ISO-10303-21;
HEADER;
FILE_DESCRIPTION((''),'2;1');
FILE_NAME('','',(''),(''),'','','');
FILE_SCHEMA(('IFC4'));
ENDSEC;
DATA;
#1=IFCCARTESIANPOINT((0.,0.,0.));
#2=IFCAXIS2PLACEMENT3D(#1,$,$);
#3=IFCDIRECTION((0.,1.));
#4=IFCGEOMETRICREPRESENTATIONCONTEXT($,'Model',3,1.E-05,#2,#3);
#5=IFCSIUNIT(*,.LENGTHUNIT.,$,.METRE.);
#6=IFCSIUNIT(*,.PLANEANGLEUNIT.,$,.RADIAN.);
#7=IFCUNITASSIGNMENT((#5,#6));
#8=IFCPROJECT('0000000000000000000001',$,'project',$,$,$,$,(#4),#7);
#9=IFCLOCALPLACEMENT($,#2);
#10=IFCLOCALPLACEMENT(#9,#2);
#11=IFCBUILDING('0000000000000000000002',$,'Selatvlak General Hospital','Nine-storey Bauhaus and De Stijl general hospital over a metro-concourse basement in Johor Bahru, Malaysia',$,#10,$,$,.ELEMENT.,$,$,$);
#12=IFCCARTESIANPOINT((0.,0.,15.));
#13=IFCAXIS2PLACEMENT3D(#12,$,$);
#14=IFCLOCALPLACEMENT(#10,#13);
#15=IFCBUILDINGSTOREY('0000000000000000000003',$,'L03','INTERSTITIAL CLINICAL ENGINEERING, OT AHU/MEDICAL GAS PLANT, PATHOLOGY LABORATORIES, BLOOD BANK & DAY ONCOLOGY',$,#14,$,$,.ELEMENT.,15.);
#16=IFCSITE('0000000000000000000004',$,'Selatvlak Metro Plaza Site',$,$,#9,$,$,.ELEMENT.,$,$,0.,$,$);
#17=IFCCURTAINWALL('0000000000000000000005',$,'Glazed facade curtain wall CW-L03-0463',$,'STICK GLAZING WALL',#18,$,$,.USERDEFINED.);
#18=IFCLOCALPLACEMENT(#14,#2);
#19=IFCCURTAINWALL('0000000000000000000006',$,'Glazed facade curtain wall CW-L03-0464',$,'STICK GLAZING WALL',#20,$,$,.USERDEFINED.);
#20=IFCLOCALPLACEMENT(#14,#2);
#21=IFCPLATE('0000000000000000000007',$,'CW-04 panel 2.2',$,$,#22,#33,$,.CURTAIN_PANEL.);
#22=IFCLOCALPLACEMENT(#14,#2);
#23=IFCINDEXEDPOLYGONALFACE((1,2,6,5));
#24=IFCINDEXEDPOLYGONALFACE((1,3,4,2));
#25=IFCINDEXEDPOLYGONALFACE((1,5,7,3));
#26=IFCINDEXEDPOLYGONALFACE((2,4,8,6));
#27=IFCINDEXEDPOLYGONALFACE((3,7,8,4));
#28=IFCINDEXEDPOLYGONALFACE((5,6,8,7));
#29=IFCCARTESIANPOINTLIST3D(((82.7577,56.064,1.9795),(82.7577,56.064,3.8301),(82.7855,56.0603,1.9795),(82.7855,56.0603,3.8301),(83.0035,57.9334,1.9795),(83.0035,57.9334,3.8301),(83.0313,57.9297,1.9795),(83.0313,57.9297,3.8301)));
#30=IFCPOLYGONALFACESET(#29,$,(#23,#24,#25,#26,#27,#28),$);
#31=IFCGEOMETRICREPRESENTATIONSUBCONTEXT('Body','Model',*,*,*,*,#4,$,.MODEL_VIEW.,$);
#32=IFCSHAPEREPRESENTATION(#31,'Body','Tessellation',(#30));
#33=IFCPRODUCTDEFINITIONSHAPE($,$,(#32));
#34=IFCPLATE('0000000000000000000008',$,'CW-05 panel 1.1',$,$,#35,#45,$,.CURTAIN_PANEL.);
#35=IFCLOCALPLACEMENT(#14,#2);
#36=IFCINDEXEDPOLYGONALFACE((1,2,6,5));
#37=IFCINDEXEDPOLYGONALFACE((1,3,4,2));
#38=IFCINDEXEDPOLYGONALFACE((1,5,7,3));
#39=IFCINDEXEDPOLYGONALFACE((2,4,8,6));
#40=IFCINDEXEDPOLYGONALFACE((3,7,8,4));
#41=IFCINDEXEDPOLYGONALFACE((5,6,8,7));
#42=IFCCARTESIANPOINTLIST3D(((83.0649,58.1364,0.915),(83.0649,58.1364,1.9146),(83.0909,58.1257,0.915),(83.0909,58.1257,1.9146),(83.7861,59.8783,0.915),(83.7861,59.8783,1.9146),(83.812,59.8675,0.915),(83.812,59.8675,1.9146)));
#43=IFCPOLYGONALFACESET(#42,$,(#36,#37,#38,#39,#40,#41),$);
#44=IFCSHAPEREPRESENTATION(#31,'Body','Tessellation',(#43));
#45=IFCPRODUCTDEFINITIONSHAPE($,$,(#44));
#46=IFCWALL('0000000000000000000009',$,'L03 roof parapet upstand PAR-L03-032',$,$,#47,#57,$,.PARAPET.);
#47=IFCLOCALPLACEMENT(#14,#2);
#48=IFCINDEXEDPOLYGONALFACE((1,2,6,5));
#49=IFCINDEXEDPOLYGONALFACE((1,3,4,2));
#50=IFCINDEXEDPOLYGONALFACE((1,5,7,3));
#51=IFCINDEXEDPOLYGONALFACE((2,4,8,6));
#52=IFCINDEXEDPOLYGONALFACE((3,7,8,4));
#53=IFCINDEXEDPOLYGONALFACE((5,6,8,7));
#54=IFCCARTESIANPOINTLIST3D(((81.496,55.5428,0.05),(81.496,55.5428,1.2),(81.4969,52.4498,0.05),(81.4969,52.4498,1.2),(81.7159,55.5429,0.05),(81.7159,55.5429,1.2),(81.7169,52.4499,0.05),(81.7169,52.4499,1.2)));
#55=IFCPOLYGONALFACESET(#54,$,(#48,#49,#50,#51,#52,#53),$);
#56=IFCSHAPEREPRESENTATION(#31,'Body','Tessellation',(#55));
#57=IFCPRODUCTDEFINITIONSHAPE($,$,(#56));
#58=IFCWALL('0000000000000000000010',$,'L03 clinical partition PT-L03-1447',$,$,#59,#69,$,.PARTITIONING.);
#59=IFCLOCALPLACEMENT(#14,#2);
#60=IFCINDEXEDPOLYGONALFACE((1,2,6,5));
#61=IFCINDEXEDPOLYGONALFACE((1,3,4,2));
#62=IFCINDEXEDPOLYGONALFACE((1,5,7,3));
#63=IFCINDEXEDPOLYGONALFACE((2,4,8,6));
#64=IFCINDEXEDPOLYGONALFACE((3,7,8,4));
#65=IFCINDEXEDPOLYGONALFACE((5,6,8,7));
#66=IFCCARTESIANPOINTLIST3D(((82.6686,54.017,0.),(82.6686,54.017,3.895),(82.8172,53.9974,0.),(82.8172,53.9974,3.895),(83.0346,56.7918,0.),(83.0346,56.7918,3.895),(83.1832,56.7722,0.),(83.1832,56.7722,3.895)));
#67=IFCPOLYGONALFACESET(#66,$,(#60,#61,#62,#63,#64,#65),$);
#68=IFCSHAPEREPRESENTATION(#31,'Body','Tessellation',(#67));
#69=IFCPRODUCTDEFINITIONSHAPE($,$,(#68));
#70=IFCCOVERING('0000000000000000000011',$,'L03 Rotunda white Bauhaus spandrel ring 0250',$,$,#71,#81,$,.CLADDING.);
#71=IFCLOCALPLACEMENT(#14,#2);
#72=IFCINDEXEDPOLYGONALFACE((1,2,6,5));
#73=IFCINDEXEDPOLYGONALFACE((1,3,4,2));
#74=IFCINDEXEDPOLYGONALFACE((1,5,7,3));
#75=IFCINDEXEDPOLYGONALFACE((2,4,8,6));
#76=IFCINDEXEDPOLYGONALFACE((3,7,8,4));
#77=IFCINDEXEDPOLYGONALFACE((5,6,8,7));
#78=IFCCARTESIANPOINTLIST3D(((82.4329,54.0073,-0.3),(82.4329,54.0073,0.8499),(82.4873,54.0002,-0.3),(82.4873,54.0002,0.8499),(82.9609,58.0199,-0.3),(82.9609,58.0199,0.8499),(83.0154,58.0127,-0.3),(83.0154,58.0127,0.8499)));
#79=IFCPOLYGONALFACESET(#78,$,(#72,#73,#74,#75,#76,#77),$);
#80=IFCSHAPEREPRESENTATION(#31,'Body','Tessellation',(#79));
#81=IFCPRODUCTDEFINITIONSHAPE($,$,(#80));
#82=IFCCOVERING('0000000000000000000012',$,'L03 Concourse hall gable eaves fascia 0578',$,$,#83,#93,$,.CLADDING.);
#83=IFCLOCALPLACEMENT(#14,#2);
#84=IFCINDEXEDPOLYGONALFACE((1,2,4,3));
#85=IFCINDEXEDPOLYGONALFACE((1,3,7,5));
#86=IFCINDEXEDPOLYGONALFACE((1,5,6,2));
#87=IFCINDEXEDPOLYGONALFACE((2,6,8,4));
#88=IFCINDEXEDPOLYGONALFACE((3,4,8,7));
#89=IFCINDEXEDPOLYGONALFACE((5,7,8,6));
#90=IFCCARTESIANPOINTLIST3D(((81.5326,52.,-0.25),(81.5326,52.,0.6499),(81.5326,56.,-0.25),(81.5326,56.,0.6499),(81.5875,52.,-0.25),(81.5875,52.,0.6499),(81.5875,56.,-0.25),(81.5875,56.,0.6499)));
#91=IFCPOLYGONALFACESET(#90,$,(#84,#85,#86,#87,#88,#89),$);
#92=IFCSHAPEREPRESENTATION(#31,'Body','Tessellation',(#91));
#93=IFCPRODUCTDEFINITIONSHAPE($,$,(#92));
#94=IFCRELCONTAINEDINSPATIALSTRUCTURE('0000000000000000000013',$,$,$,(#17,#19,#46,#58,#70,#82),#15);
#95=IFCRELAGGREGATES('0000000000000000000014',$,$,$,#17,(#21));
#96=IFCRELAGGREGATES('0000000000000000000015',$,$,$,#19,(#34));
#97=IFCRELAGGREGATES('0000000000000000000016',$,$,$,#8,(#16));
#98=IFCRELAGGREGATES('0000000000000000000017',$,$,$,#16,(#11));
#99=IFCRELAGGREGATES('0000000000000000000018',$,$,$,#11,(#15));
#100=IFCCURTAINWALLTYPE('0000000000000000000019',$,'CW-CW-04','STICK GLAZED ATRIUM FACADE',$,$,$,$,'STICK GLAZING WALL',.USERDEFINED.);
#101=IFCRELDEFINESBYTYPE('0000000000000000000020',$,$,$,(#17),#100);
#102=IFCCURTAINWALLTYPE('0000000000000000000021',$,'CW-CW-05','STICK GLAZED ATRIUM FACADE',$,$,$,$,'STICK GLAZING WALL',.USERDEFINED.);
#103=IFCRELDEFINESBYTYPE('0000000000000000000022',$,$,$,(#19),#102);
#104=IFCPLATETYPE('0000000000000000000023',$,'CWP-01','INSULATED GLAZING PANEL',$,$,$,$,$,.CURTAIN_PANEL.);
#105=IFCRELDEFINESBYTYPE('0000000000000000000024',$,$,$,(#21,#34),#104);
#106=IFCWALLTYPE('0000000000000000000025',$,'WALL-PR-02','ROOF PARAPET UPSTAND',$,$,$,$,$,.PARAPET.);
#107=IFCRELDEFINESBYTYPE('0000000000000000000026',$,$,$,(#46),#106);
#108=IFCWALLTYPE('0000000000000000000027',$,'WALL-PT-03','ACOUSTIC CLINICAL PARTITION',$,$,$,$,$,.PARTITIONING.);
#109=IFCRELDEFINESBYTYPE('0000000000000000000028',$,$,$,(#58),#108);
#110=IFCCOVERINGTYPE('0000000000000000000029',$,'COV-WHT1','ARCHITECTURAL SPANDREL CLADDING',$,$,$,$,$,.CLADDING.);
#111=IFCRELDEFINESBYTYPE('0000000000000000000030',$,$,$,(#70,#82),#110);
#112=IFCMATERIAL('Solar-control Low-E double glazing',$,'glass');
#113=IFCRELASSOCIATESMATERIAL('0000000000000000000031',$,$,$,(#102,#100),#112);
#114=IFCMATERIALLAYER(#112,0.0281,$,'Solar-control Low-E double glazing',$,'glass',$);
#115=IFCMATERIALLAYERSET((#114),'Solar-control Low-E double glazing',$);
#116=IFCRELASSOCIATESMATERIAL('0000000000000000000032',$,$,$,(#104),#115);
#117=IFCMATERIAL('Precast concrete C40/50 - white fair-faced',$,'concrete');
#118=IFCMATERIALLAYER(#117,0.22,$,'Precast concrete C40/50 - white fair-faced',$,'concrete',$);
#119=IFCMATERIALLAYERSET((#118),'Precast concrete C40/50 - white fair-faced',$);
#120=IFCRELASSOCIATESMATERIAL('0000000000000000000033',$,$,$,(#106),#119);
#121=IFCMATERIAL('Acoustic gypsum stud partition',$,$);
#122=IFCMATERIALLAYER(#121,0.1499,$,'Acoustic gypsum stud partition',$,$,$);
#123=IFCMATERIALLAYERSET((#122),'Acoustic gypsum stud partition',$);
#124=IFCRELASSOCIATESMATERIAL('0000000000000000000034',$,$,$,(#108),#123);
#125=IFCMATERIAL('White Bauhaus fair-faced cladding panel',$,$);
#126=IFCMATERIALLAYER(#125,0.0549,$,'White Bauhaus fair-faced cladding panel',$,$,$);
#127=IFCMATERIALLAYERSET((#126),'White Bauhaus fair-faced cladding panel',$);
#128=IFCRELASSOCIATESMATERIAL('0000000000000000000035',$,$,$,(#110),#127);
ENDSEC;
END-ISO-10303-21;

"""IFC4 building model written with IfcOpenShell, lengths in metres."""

from ifc_helpers import new_model, si_unit, direction, frame, frame_2d, origin, origin_2d, place, context, subcontext, project, spatial, rectangle, extrude, material, layer, layer_set, type_object, element, aggregate, save


model = new_model("IFC4")

# Units and contexts
model_context = context("Model", 3, precision=1e-05, world=origin(), true_north=direction((0.0, 1.0)))
body_context = subcontext(model_context, "Body", "Model", "MODEL_VIEW")
ifc_project = project(units=[si_unit("LENGTHUNIT", "METRE"), si_unit("PLANEANGLEUNIT", "RADIAN")], contexts=[model_context])

# Site, building, storey
site_placement = place(None, origin())
site = spatial("IfcSite", under=ifc_project, at=site_placement, Name="Selatvlak Metro Plaza Site", CompositionType="ELEMENT", RefElevation=0.0)
building_placement = place(site_placement, origin())
building = spatial("IfcBuilding", under=site, at=building_placement, Name="Selatvlak General Hospital", Description="Nine-storey Bauhaus and De Stijl general hospital over a metro-concourse basement in Johor Bahru, Malaysia", CompositionType="ELEMENT")
storey_placement = place(building_placement, frame((0.0, 0.0, 15.0)))
storey = spatial("IfcBuildingStorey", under=building, at=storey_placement, Name="L03", Description="INTERSTITIAL CLINICAL ENGINEERING, OT AHU/MEDICAL GAS PLANT, PATHOLOGY LABORATORIES, BLOOD BANK & DAY ONCOLOGY", CompositionType="ELEMENT", Elevation=15.0)

# Shared definitions
ifc_material_1 = material(Name="Solar-control Low-E double glazing", Category="glass")
curtain_wall_type_1 = type_object("IfcCurtainWallType", Name="CW-CW-05", Description="STICK GLAZED ATRIUM FACADE", ElementType="STICK GLAZING WALL", PredefinedType="USERDEFINED", material=ifc_material_1)

# Curtain wall
curtain_wall_type_2 = type_object("IfcCurtainWallType", Name="CW-CW-04", Description="STICK GLAZED ATRIUM FACADE", ElementType="STICK GLAZING WALL", PredefinedType="USERDEFINED", material=ifc_material_1)
curtain_wall_1_placement = place(storey_placement, origin())
curtain_wall_1 = element("IfcCurtainWall", 1, at=curtain_wall_1_placement, inside=storey, type_object=curtain_wall_type_2, Name="Glazed facade curtain wall CW-L03-0463", ObjectType="STICK GLAZING WALL", PredefinedType="USERDEFINED")

# Curtain wall
curtain_wall_2_placement = place(storey_placement, origin())
curtain_wall_2 = element("IfcCurtainWall", 2, at=curtain_wall_2_placement, inside=storey, type_object=curtain_wall_type_1, Name="Glazed facade curtain wall CW-L03-0464", ObjectType="STICK GLAZING WALL", PredefinedType="USERDEFINED")

# Plates
ifc_layer_1 = layer(ifc_material_1, 0.0281, Name="Solar-control Low-E double glazing", Category="glass")
ifc_layer_set_1 = layer_set([ifc_layer_1], Name="Solar-control Low-E double glazing")
plate_type = type_object("IfcPlateType", Name="CWP-01", Description="INSULATED GLAZING PANEL", PredefinedType="CURTAIN_PANEL", material=ifc_layer_set_1)
plate_1_placement = place(storey_placement, frame((82.8945, 56.9968, 1.9795), z_axis=(0.0, 0.0, 1.0), x_axis=(0.130363, 0.991466, 0.0)))
plate_1 = element("IfcPlate", 3, at=plate_1_placement, type_object=plate_type, Name="CW-04 panel 2.2", PredefinedType="CURTAIN_PANEL", context=body_context, shape_type="SweptSolid", body=[
    extrude(rectangle(XDim=1.8855, YDim=0.0281, at=origin_2d()), origin(), (0.0, 0.0, 1.0), 1.8506),
])
aggregate(curtain_wall_1, [plate_1])
plate_2_placement = place(storey_placement, frame((83.4385, 59.002, 0.915), z_axis=(0.0, 0.0, 1.0), x_axis=(0.382537, 0.92394, 0.0)))
plate_2 = element("IfcPlate", 4, at=plate_2_placement, type_object=plate_type, Name="CW-05 panel 1.1", PredefinedType="CURTAIN_PANEL", context=body_context, shape_type="SweptSolid", body=[
    extrude(rectangle(XDim=1.8853, YDim=0.0281, at=origin_2d()), origin(), (0.0, 0.0, 1.0), 0.9995),
])
aggregate(curtain_wall_2, [plate_2])

# Walls
ifc_material_2 = material(Name="Precast concrete C40/50 - white fair-faced", Category="concrete")
ifc_layer_2 = layer(ifc_material_2, 0.22, Name="Precast concrete C40/50 - white fair-faced", Category="concrete")
ifc_layer_set_2 = layer_set([ifc_layer_2], Name="Precast concrete C40/50 - white fair-faced")
wall_type_1 = type_object("IfcWallType", Name="WALL-PR-02", Description="ROOF PARAPET UPSTAND", PredefinedType="PARAPET", material=ifc_layer_set_2)
wall_1_placement = place(storey_placement, frame((81.6069, 52.45, 0.05), z_axis=(0.0, 0.0, 1.0), x_axis=(-0.000316, 1.0, 0.0)))
element("IfcWall", 5, at=wall_1_placement, inside=storey, type_object=wall_type_1, Name="L03 roof parapet upstand PAR-L03-032", PredefinedType="PARAPET", context=body_context, shape_type="SweptSolid", body=[
    extrude(rectangle(XDim=3.093, YDim=0.22, at=frame_2d((1.5464, 0.0))), origin(), (0.0, 0.0, 1.0), 1.1499),
])
ifc_material_3 = material(Name="Acoustic gypsum stud partition")
ifc_layer_3 = layer(ifc_material_3, 0.1499, Name="Acoustic gypsum stud partition")
ifc_layer_set_3 = layer_set([ifc_layer_3], Name="Acoustic gypsum stud partition")
wall_type_2 = type_object("IfcWallType", Name="WALL-PT-03", Description="ACOUSTIC CLINICAL PARTITION", PredefinedType="PARTITIONING", material=ifc_layer_set_3)
wall_2_placement = place(storey_placement, frame((83.1089, 56.782, 0.0), z_axis=(0.0, 0.0, 1.0), x_axis=(-0.130752, -0.991415, 0.0)))
element("IfcWall", 6, at=wall_2_placement, inside=storey, type_object=wall_type_2, Name="L03 clinical partition PT-L03-1447", PredefinedType="PARTITIONING", context=body_context, shape_type="SweptSolid", body=[
    extrude(rectangle(XDim=2.7988, YDim=0.1499, at=frame_2d((1.3994, 0.0))), origin(), (0.0, 0.0, 1.0), 3.895),
])

# Coverings
ifc_material_4 = material(Name="White Bauhaus fair-faced cladding panel")
ifc_layer_4 = layer(ifc_material_4, 0.0549, Name="White Bauhaus fair-faced cladding panel")
ifc_layer_set_4 = layer_set([ifc_layer_4], Name="White Bauhaus fair-faced cladding panel")
covering_type = type_object("IfcCoveringType", Name="COV-WHT1", Description="ARCHITECTURAL SPANDREL CLADDING", PredefinedType="CLADDING", material=ifc_layer_set_4)
covering_1_placement = place(storey_placement, frame((82.7241, 56.01, -0.3), z_axis=(0.0, 0.0, 1.0), x_axis=(0.130474, 0.991452, 0.0)))
element("IfcCovering", 7, at=covering_1_placement, inside=storey, type_object=covering_type, Name="L03 Rotunda white Bauhaus spandrel ring 0250", PredefinedType="CLADDING", context=body_context, shape_type="SweptSolid", body=[
    extrude(rectangle(XDim=4.0471, YDim=0.0549, at=origin_2d()), origin(), (0.0, 0.0, 1.0), 1.1499),
])
covering_2_placement = place(storey_placement, frame((81.5601, 54.0, -0.25), z_axis=(0.0, 0.0, 1.0), x_axis=(0.0, 1.0, 0.0)))
element("IfcCovering", 8, at=covering_2_placement, inside=storey, type_object=covering_type, Name="L03 Concourse hall gable eaves fascia 0578", PredefinedType="CLADDING", context=body_context, shape_type="SweptSolid", body=[
    extrude(rectangle(XDim=4.0, YDim=0.0549, at=origin_2d()), origin(), (0.0, 0.0, 1.0), 0.8999),
])

save(model, "model.ifc")
